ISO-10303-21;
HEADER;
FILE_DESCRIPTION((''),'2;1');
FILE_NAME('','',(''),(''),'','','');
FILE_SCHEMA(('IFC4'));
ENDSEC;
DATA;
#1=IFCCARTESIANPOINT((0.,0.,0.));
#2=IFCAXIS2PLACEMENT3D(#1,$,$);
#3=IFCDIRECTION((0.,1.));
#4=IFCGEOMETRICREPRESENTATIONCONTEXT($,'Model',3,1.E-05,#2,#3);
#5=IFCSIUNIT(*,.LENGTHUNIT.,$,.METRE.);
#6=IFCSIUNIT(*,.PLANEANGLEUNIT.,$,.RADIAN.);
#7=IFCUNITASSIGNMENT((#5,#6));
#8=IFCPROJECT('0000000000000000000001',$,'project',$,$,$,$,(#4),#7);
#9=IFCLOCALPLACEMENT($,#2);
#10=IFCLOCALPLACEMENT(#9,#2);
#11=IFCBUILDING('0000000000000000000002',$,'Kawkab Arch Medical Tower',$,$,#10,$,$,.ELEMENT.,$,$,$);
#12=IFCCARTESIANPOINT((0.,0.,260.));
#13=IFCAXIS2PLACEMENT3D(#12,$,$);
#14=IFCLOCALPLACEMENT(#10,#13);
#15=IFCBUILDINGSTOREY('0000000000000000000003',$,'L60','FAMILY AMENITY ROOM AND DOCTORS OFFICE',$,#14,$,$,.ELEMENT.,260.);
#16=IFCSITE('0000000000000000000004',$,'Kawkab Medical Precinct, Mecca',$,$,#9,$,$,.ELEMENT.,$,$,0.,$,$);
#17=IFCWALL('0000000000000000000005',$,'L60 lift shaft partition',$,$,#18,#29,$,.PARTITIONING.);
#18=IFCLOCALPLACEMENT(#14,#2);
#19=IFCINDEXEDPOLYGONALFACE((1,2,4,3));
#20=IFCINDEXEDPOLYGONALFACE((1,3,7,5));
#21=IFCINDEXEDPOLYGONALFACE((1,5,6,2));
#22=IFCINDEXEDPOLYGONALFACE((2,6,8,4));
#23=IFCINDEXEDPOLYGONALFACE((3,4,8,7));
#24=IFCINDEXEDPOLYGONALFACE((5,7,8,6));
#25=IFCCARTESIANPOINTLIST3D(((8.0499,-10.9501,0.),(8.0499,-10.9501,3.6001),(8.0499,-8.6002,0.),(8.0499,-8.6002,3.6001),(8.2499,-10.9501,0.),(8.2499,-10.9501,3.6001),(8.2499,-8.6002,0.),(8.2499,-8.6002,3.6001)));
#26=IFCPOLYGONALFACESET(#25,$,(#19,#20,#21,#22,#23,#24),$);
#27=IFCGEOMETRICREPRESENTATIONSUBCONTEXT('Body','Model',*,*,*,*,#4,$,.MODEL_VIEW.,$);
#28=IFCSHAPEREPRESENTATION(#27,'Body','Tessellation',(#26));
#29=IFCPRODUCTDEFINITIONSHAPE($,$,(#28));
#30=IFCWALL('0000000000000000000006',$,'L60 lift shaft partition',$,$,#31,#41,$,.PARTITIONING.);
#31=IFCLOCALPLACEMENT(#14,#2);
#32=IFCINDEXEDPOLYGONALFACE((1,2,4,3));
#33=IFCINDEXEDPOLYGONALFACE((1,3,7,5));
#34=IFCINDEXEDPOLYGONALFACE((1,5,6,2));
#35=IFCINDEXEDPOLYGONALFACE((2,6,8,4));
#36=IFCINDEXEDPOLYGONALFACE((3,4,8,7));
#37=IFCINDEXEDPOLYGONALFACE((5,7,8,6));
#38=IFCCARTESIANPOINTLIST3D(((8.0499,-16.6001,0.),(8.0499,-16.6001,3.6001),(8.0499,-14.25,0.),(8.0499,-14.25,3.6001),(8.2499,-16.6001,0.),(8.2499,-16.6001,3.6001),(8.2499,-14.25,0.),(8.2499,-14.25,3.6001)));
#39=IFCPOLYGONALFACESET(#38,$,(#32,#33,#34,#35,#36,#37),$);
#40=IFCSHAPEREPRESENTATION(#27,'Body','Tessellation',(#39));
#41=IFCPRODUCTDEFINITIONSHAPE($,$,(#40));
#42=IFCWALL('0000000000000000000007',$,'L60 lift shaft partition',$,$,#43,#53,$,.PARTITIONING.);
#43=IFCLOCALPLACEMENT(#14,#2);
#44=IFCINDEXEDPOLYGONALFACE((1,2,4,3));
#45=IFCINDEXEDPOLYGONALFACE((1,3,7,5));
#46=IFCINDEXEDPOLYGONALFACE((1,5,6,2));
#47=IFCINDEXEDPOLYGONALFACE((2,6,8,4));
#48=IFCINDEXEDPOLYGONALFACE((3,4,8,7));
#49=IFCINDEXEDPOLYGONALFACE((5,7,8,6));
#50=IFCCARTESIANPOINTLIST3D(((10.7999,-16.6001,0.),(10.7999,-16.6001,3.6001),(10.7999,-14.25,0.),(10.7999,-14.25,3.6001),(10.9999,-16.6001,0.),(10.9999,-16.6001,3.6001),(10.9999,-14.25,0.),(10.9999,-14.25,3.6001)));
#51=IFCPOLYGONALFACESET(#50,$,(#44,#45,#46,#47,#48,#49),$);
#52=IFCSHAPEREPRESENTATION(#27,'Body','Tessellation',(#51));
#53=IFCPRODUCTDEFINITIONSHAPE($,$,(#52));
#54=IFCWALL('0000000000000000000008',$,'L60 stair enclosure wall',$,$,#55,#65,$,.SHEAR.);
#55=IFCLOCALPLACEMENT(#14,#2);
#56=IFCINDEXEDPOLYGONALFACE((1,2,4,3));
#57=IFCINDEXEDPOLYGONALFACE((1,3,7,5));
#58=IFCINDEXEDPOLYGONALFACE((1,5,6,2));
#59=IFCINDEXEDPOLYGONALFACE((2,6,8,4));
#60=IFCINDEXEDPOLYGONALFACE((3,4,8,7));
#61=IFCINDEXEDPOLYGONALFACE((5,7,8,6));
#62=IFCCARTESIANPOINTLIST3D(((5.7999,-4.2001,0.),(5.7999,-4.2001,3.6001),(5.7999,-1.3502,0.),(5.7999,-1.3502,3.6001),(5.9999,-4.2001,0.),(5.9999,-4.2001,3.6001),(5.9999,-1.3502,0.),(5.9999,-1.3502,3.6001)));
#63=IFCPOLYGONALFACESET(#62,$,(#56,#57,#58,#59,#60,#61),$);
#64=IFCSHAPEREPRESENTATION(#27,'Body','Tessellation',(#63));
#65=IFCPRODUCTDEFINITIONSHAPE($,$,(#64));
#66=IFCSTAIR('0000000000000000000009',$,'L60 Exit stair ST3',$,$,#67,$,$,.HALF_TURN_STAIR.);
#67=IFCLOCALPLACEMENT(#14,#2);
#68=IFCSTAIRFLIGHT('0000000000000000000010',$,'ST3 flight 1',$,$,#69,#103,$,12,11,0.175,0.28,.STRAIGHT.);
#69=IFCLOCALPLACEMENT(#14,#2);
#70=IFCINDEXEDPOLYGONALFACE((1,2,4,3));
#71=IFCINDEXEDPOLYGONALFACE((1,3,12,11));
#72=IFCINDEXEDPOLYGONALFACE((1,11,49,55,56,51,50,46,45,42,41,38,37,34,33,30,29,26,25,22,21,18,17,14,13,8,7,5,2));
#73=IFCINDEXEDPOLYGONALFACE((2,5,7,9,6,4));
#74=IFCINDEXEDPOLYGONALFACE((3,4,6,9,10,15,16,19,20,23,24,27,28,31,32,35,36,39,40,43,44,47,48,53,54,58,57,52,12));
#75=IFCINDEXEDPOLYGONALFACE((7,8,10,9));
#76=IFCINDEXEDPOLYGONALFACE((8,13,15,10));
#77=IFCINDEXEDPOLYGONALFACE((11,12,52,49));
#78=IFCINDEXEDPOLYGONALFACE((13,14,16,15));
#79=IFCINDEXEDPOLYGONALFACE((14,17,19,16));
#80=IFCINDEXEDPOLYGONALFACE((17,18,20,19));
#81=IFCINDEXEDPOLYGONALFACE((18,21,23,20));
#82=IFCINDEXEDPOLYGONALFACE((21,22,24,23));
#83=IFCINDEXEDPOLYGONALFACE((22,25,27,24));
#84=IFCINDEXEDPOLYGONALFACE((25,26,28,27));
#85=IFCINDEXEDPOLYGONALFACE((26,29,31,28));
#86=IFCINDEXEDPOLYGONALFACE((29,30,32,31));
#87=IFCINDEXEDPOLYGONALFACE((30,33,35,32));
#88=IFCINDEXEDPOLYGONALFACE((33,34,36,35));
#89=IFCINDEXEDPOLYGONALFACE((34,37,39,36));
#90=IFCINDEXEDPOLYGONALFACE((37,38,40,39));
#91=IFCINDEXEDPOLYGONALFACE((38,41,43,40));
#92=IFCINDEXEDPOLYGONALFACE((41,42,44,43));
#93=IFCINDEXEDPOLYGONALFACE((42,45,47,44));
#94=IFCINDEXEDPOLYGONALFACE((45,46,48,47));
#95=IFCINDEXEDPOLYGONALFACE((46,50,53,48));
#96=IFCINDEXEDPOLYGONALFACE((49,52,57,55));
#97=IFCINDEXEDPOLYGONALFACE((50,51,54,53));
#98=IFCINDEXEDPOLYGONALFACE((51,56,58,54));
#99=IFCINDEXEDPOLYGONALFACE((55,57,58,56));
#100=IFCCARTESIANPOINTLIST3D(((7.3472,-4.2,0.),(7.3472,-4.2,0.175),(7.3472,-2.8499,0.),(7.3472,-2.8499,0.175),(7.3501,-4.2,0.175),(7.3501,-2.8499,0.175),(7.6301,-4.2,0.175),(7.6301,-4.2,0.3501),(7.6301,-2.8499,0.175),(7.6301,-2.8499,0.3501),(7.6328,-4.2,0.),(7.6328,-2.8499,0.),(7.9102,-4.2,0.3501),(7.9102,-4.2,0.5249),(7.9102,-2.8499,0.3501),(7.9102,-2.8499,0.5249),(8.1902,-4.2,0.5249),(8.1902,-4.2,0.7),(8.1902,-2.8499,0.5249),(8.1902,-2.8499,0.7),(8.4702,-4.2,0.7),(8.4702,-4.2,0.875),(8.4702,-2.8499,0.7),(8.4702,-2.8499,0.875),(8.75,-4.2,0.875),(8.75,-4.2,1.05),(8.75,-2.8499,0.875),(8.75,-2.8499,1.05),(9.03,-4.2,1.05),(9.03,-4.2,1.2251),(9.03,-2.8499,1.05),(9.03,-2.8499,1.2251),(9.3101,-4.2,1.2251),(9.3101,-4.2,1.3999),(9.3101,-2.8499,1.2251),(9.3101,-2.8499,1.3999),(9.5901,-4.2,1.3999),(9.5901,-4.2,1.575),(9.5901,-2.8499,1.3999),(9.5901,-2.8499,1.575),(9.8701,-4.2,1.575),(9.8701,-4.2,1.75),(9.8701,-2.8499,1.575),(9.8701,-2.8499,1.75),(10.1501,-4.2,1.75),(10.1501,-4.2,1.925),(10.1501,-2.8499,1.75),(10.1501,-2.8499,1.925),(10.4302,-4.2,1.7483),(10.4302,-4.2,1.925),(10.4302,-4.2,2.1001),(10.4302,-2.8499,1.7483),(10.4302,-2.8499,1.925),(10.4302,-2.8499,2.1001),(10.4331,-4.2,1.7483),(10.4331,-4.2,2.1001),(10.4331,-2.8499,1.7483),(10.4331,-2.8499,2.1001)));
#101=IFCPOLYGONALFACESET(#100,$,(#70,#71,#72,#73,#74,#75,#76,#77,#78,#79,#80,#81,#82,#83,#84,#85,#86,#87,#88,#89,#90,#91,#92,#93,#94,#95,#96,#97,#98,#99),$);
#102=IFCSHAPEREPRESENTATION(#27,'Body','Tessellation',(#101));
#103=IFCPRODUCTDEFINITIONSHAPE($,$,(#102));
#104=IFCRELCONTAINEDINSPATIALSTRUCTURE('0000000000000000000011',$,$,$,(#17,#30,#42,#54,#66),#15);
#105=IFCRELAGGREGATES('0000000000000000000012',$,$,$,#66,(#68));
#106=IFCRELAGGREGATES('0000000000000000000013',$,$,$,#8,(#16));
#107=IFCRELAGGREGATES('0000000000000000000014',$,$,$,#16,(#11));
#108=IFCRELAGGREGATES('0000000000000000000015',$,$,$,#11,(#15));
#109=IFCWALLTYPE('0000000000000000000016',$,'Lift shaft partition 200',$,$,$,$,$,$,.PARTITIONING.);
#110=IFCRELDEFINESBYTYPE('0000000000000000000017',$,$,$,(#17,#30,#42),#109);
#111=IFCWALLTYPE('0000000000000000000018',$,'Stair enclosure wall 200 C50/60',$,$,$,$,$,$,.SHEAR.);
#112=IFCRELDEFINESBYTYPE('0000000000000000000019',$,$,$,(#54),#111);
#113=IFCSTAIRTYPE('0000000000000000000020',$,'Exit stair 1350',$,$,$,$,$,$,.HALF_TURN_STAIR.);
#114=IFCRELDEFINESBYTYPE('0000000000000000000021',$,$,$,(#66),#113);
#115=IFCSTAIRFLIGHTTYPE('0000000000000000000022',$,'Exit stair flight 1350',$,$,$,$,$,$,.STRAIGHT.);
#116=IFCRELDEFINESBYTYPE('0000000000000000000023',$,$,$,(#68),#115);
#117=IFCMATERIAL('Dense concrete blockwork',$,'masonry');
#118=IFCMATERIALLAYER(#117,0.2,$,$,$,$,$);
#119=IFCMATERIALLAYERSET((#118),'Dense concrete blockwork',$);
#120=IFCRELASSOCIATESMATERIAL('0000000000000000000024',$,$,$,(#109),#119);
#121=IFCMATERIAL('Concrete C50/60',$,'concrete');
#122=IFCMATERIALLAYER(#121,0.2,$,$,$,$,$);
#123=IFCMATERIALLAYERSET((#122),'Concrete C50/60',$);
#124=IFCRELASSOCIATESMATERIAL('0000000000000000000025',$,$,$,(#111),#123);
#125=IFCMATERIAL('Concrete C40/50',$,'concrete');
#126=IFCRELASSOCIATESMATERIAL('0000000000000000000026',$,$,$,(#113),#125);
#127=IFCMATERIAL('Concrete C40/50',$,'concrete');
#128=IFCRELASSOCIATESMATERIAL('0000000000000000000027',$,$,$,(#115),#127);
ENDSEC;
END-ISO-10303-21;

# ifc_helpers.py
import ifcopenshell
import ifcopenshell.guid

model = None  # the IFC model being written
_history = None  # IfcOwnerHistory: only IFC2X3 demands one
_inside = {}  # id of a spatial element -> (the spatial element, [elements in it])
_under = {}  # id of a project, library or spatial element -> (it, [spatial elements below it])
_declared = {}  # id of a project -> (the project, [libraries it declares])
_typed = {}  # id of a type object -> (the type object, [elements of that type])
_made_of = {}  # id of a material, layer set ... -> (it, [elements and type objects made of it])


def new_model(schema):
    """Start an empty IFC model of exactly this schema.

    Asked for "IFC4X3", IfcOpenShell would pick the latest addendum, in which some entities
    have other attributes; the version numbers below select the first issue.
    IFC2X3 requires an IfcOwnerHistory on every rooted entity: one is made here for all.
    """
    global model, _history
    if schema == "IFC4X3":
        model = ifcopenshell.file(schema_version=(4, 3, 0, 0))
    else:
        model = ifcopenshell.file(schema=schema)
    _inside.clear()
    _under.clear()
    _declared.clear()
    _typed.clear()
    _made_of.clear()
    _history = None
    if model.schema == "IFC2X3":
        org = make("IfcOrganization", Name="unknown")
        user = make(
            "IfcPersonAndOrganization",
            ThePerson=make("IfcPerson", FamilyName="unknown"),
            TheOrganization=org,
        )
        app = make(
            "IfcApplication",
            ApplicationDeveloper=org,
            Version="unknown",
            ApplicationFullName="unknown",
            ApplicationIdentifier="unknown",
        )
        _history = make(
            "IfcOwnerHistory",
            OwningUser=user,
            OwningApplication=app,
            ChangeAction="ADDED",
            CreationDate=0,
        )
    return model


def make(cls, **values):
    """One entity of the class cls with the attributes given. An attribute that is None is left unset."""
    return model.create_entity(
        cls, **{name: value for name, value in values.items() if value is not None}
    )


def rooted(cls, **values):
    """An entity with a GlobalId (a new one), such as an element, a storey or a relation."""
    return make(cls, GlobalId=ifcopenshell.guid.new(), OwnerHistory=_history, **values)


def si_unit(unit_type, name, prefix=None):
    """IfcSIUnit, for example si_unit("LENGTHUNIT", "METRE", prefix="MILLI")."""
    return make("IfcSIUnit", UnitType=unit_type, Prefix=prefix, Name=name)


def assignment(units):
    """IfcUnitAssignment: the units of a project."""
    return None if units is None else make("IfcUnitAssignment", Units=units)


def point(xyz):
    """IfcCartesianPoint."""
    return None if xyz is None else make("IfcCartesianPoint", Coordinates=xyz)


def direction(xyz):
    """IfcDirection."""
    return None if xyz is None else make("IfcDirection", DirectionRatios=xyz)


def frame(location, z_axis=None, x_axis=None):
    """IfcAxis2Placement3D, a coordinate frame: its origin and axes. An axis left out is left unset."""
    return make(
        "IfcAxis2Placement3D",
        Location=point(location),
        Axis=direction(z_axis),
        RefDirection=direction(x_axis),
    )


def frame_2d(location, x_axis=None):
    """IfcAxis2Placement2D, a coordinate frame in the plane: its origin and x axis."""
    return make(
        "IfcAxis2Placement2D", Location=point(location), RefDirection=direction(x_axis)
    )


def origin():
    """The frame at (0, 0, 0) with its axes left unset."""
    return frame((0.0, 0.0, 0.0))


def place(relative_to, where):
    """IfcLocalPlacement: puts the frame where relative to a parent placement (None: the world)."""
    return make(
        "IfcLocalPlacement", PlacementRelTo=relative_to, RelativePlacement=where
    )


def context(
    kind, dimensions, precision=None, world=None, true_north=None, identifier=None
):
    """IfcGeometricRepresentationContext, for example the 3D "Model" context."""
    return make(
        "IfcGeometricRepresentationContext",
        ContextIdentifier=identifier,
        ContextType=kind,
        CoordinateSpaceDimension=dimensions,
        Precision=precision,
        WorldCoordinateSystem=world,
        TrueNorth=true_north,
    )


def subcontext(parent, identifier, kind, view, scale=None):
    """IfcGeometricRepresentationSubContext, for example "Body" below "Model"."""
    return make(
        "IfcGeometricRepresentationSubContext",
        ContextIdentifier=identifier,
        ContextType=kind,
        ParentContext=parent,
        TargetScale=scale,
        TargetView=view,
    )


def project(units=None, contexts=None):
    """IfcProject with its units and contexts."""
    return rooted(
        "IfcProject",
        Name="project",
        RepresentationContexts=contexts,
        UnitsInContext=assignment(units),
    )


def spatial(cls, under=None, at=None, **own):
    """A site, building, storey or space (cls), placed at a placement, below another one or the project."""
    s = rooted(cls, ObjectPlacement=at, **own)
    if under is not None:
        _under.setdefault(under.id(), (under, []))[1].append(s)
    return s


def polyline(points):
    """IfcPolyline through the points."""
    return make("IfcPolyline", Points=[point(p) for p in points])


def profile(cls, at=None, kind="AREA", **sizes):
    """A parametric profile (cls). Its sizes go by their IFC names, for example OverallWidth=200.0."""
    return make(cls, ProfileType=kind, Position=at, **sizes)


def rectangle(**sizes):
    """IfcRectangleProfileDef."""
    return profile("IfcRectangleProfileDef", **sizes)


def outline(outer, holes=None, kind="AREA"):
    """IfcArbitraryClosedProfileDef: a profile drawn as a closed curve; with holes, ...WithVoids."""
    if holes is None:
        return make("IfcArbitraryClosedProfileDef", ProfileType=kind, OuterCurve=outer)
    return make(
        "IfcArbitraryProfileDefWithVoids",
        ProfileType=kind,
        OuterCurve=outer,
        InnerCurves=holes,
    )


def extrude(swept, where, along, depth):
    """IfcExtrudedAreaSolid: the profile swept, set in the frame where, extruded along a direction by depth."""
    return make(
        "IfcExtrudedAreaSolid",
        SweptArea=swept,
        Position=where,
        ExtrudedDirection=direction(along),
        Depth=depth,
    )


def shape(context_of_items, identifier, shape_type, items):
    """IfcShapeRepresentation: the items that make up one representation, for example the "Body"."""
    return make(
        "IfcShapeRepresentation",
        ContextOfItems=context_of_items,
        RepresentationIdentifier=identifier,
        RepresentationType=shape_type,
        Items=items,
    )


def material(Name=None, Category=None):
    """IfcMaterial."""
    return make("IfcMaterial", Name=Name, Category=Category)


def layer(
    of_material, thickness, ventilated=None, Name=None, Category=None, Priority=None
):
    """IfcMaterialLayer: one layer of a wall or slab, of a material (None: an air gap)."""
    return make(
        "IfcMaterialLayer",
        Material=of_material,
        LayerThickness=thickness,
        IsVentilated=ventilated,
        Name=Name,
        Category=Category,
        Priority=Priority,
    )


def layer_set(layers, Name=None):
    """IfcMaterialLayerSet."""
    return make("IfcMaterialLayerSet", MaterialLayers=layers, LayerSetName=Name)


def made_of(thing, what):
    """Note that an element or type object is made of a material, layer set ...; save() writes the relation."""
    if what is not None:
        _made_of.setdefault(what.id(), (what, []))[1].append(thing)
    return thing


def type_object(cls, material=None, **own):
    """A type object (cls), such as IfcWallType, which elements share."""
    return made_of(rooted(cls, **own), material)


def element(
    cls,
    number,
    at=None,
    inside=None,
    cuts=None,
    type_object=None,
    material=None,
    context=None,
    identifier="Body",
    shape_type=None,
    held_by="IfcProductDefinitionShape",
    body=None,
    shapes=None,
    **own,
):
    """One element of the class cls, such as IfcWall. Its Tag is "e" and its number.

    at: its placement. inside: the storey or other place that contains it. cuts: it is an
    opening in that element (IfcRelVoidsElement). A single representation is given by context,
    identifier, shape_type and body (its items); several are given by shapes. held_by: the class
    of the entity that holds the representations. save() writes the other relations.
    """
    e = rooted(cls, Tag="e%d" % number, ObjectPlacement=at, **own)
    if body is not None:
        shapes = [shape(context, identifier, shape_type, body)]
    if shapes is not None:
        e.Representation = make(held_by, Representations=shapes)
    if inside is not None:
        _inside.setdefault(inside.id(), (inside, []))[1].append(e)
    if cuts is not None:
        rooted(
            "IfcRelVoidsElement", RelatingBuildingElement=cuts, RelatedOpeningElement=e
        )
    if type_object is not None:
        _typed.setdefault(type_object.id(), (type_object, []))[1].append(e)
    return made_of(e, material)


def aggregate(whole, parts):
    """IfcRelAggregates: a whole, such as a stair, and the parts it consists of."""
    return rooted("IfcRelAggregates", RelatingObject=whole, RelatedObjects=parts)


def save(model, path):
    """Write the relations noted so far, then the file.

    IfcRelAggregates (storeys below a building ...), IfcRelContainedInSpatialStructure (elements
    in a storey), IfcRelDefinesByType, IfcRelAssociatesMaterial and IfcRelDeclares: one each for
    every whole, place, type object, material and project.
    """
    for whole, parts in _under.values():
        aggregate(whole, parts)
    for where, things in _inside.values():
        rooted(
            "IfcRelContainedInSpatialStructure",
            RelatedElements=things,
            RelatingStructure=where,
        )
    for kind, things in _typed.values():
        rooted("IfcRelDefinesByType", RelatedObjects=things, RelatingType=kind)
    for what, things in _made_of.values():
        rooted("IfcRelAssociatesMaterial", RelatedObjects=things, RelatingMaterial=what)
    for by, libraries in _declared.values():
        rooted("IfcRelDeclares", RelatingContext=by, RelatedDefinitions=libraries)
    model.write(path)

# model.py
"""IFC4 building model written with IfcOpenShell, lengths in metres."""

from ifc_helpers import new_model, si_unit, direction, frame, frame_2d, origin, place, context, subcontext, project, spatial, polyline, rectangle, outline, extrude, material, layer, layer_set, type_object, element, aggregate, save


model = new_model("IFC4")

# Units and contexts
model_context = context("Model", 3, precision=1e-05, world=origin(), true_north=direction((0.0, 1.0)))
body_context = subcontext(model_context, "Body", "Model", "MODEL_VIEW")
ifc_project = project(units=[si_unit("LENGTHUNIT", "METRE"), si_unit("PLANEANGLEUNIT", "RADIAN")], contexts=[model_context])

# Site, building, storey
site_placement = place(None, origin())
site = spatial("IfcSite", under=ifc_project, at=site_placement, Name="Kawkab Medical Precinct, Mecca", CompositionType="ELEMENT", RefElevation=0.0)
building_placement = place(site_placement, origin())
building = spatial("IfcBuilding", under=site, at=building_placement, Name="Kawkab Arch Medical Tower", CompositionType="ELEMENT")
storey_placement = place(building_placement, frame((0.0, 0.0, 260.0)))
storey = spatial("IfcBuildingStorey", under=building, at=storey_placement, Name="L60", Description="FAMILY AMENITY ROOM AND DOCTORS OFFICE", CompositionType="ELEMENT", Elevation=260.0)

# Walls
ifc_material_1 = material(Name="Dense concrete blockwork", Category="masonry")
ifc_layer_1 = layer(ifc_material_1, 0.2)
ifc_layer_set_1 = layer_set([ifc_layer_1], Name="Dense concrete blockwork")
wall_type_1 = type_object("IfcWallType", Name="Lift shaft partition 200", PredefinedType="PARTITIONING", material=ifc_layer_set_1)
wall_1_placement = place(storey_placement, frame((8.1499, -10.95, 0.0), z_axis=(0.0, 0.0, 1.0), x_axis=(0.0, 1.0, 0.0)))
element("IfcWall", 1, at=wall_1_placement, inside=storey, type_object=wall_type_1, Name="L60 lift shaft partition", PredefinedType="PARTITIONING", context=body_context, shape_type="SweptSolid", body=[
    extrude(rectangle(XDim=2.3499, YDim=0.2, at=frame_2d((1.1748, 0.0))), origin(), (0.0, 0.0, 1.0), 3.6001),
])
for number, where, z_axis, x_axis, name in (
    (2, (8.1499, -16.6001, 0.0), (0.0, 0.0, 1.0), (0.0, 1.0, 0.0), "L60 lift shaft partition"),
    (3, (10.8999, -16.6001, 0.0), (0.0, 0.0, 1.0), (0.0, 1.0, 0.0), "L60 lift shaft partition"),
):
    element("IfcWall", number, at=place(storey_placement, frame(where, z_axis=z_axis, x_axis=x_axis)), inside=storey, type_object=wall_type_1, Name=name, PredefinedType="PARTITIONING", context=body_context, shape_type="SweptSolid", body=[
        extrude(rectangle(XDim=2.3501, YDim=0.2, at=frame_2d((1.175, 0.0))), origin(), (0.0, 0.0, 1.0), 3.6001),
    ])
ifc_material_2 = material(Name="Concrete C50/60", Category="concrete")
ifc_layer_2 = layer(ifc_material_2, 0.2)
ifc_layer_set_2 = layer_set([ifc_layer_2], Name="Concrete C50/60")
wall_type_2 = type_object("IfcWallType", Name="Stair enclosure wall 200 C50/60", PredefinedType="SHEAR", material=ifc_layer_set_2)
wall_2_placement = place(storey_placement, frame((5.8999, -4.2, 0.0), z_axis=(0.0, 0.0, 1.0), x_axis=(0.0, 1.0, 0.0)))
element("IfcWall", 4, at=wall_2_placement, inside=storey, type_object=wall_type_2, Name="L60 stair enclosure wall", PredefinedType="SHEAR", context=body_context, shape_type="SweptSolid", body=[
    extrude(rectangle(XDim=2.8499, YDim=0.2, at=frame_2d((1.4248, 0.0))), origin(), (0.0, 0.0, 1.0), 3.6001),
])

# Stair, stair flight
ifc_material_3 = material(Name="Concrete C40/50", Category="concrete")
stair_type = type_object("IfcStairType", Name="Exit stair 1350", PredefinedType="HALF_TURN_STAIR", material=ifc_material_3)
stair_placement = place(storey_placement, origin())
stair = element("IfcStair", 5, at=stair_placement, inside=storey, type_object=stair_type, Name="L60 Exit stair ST3", PredefinedType="HALF_TURN_STAIR")
ifc_material_4 = material(Name="Concrete C40/50", Category="concrete")
stair_flight_type = type_object("IfcStairFlightType", Name="Exit stair flight 1350", PredefinedType="STRAIGHT", material=ifc_material_4)
stair_flight_placement = place(storey_placement, frame((7.3501, -3.5249, 0.0), z_axis=(0.0, 0.0, 1.0), x_axis=(1.0, 0.0, 0.0)))
stair_flight = element("IfcStairFlight", 6, at=stair_flight_placement, type_object=stair_flight_type, Name="ST3 flight 1", NumberOfRisers=12, NumberOfTreads=11, PredefinedType="STRAIGHT", RiserHeight=0.175, TreadLength=0.28, context=body_context, shape_type="SweptSolid", body=[
    extrude(outline(polyline([(-0.0029, 0.0), (-0.0029, 0.175), (0.0, 0.175), (0.28, 0.175), (0.28, 0.3501), (0.5601, 0.3501), (0.5601, 0.5249), (0.8401, 0.5249), (0.8401, 0.7), (1.1201, 0.7), (1.1201, 0.875), (1.3999, 0.875), (1.3999, 1.05), (1.6799, 1.05), (1.6799, 1.2251), (1.96, 1.2251), (1.96, 1.3999), (2.24, 1.3999), (2.24, 1.575), (2.52, 1.575), (2.52, 1.75), (2.8, 1.75), (2.8, 1.925), (3.0801, 1.925), (3.0801, 2.1001), (3.083, 2.1001), (3.083, 1.7483), (3.0801, 1.7483), (0.2827, 0.0), (-0.0029, 0.0)])), frame((0.0, 0.675, 0.0), z_axis=(0.0, -1.0, 0.0), x_axis=(1.0, 0.0, 0.0)), (0.0, 0.0, 1.0), 1.3501),
])
aggregate(stair, [stair_flight])

save(model, "model.ifc")
